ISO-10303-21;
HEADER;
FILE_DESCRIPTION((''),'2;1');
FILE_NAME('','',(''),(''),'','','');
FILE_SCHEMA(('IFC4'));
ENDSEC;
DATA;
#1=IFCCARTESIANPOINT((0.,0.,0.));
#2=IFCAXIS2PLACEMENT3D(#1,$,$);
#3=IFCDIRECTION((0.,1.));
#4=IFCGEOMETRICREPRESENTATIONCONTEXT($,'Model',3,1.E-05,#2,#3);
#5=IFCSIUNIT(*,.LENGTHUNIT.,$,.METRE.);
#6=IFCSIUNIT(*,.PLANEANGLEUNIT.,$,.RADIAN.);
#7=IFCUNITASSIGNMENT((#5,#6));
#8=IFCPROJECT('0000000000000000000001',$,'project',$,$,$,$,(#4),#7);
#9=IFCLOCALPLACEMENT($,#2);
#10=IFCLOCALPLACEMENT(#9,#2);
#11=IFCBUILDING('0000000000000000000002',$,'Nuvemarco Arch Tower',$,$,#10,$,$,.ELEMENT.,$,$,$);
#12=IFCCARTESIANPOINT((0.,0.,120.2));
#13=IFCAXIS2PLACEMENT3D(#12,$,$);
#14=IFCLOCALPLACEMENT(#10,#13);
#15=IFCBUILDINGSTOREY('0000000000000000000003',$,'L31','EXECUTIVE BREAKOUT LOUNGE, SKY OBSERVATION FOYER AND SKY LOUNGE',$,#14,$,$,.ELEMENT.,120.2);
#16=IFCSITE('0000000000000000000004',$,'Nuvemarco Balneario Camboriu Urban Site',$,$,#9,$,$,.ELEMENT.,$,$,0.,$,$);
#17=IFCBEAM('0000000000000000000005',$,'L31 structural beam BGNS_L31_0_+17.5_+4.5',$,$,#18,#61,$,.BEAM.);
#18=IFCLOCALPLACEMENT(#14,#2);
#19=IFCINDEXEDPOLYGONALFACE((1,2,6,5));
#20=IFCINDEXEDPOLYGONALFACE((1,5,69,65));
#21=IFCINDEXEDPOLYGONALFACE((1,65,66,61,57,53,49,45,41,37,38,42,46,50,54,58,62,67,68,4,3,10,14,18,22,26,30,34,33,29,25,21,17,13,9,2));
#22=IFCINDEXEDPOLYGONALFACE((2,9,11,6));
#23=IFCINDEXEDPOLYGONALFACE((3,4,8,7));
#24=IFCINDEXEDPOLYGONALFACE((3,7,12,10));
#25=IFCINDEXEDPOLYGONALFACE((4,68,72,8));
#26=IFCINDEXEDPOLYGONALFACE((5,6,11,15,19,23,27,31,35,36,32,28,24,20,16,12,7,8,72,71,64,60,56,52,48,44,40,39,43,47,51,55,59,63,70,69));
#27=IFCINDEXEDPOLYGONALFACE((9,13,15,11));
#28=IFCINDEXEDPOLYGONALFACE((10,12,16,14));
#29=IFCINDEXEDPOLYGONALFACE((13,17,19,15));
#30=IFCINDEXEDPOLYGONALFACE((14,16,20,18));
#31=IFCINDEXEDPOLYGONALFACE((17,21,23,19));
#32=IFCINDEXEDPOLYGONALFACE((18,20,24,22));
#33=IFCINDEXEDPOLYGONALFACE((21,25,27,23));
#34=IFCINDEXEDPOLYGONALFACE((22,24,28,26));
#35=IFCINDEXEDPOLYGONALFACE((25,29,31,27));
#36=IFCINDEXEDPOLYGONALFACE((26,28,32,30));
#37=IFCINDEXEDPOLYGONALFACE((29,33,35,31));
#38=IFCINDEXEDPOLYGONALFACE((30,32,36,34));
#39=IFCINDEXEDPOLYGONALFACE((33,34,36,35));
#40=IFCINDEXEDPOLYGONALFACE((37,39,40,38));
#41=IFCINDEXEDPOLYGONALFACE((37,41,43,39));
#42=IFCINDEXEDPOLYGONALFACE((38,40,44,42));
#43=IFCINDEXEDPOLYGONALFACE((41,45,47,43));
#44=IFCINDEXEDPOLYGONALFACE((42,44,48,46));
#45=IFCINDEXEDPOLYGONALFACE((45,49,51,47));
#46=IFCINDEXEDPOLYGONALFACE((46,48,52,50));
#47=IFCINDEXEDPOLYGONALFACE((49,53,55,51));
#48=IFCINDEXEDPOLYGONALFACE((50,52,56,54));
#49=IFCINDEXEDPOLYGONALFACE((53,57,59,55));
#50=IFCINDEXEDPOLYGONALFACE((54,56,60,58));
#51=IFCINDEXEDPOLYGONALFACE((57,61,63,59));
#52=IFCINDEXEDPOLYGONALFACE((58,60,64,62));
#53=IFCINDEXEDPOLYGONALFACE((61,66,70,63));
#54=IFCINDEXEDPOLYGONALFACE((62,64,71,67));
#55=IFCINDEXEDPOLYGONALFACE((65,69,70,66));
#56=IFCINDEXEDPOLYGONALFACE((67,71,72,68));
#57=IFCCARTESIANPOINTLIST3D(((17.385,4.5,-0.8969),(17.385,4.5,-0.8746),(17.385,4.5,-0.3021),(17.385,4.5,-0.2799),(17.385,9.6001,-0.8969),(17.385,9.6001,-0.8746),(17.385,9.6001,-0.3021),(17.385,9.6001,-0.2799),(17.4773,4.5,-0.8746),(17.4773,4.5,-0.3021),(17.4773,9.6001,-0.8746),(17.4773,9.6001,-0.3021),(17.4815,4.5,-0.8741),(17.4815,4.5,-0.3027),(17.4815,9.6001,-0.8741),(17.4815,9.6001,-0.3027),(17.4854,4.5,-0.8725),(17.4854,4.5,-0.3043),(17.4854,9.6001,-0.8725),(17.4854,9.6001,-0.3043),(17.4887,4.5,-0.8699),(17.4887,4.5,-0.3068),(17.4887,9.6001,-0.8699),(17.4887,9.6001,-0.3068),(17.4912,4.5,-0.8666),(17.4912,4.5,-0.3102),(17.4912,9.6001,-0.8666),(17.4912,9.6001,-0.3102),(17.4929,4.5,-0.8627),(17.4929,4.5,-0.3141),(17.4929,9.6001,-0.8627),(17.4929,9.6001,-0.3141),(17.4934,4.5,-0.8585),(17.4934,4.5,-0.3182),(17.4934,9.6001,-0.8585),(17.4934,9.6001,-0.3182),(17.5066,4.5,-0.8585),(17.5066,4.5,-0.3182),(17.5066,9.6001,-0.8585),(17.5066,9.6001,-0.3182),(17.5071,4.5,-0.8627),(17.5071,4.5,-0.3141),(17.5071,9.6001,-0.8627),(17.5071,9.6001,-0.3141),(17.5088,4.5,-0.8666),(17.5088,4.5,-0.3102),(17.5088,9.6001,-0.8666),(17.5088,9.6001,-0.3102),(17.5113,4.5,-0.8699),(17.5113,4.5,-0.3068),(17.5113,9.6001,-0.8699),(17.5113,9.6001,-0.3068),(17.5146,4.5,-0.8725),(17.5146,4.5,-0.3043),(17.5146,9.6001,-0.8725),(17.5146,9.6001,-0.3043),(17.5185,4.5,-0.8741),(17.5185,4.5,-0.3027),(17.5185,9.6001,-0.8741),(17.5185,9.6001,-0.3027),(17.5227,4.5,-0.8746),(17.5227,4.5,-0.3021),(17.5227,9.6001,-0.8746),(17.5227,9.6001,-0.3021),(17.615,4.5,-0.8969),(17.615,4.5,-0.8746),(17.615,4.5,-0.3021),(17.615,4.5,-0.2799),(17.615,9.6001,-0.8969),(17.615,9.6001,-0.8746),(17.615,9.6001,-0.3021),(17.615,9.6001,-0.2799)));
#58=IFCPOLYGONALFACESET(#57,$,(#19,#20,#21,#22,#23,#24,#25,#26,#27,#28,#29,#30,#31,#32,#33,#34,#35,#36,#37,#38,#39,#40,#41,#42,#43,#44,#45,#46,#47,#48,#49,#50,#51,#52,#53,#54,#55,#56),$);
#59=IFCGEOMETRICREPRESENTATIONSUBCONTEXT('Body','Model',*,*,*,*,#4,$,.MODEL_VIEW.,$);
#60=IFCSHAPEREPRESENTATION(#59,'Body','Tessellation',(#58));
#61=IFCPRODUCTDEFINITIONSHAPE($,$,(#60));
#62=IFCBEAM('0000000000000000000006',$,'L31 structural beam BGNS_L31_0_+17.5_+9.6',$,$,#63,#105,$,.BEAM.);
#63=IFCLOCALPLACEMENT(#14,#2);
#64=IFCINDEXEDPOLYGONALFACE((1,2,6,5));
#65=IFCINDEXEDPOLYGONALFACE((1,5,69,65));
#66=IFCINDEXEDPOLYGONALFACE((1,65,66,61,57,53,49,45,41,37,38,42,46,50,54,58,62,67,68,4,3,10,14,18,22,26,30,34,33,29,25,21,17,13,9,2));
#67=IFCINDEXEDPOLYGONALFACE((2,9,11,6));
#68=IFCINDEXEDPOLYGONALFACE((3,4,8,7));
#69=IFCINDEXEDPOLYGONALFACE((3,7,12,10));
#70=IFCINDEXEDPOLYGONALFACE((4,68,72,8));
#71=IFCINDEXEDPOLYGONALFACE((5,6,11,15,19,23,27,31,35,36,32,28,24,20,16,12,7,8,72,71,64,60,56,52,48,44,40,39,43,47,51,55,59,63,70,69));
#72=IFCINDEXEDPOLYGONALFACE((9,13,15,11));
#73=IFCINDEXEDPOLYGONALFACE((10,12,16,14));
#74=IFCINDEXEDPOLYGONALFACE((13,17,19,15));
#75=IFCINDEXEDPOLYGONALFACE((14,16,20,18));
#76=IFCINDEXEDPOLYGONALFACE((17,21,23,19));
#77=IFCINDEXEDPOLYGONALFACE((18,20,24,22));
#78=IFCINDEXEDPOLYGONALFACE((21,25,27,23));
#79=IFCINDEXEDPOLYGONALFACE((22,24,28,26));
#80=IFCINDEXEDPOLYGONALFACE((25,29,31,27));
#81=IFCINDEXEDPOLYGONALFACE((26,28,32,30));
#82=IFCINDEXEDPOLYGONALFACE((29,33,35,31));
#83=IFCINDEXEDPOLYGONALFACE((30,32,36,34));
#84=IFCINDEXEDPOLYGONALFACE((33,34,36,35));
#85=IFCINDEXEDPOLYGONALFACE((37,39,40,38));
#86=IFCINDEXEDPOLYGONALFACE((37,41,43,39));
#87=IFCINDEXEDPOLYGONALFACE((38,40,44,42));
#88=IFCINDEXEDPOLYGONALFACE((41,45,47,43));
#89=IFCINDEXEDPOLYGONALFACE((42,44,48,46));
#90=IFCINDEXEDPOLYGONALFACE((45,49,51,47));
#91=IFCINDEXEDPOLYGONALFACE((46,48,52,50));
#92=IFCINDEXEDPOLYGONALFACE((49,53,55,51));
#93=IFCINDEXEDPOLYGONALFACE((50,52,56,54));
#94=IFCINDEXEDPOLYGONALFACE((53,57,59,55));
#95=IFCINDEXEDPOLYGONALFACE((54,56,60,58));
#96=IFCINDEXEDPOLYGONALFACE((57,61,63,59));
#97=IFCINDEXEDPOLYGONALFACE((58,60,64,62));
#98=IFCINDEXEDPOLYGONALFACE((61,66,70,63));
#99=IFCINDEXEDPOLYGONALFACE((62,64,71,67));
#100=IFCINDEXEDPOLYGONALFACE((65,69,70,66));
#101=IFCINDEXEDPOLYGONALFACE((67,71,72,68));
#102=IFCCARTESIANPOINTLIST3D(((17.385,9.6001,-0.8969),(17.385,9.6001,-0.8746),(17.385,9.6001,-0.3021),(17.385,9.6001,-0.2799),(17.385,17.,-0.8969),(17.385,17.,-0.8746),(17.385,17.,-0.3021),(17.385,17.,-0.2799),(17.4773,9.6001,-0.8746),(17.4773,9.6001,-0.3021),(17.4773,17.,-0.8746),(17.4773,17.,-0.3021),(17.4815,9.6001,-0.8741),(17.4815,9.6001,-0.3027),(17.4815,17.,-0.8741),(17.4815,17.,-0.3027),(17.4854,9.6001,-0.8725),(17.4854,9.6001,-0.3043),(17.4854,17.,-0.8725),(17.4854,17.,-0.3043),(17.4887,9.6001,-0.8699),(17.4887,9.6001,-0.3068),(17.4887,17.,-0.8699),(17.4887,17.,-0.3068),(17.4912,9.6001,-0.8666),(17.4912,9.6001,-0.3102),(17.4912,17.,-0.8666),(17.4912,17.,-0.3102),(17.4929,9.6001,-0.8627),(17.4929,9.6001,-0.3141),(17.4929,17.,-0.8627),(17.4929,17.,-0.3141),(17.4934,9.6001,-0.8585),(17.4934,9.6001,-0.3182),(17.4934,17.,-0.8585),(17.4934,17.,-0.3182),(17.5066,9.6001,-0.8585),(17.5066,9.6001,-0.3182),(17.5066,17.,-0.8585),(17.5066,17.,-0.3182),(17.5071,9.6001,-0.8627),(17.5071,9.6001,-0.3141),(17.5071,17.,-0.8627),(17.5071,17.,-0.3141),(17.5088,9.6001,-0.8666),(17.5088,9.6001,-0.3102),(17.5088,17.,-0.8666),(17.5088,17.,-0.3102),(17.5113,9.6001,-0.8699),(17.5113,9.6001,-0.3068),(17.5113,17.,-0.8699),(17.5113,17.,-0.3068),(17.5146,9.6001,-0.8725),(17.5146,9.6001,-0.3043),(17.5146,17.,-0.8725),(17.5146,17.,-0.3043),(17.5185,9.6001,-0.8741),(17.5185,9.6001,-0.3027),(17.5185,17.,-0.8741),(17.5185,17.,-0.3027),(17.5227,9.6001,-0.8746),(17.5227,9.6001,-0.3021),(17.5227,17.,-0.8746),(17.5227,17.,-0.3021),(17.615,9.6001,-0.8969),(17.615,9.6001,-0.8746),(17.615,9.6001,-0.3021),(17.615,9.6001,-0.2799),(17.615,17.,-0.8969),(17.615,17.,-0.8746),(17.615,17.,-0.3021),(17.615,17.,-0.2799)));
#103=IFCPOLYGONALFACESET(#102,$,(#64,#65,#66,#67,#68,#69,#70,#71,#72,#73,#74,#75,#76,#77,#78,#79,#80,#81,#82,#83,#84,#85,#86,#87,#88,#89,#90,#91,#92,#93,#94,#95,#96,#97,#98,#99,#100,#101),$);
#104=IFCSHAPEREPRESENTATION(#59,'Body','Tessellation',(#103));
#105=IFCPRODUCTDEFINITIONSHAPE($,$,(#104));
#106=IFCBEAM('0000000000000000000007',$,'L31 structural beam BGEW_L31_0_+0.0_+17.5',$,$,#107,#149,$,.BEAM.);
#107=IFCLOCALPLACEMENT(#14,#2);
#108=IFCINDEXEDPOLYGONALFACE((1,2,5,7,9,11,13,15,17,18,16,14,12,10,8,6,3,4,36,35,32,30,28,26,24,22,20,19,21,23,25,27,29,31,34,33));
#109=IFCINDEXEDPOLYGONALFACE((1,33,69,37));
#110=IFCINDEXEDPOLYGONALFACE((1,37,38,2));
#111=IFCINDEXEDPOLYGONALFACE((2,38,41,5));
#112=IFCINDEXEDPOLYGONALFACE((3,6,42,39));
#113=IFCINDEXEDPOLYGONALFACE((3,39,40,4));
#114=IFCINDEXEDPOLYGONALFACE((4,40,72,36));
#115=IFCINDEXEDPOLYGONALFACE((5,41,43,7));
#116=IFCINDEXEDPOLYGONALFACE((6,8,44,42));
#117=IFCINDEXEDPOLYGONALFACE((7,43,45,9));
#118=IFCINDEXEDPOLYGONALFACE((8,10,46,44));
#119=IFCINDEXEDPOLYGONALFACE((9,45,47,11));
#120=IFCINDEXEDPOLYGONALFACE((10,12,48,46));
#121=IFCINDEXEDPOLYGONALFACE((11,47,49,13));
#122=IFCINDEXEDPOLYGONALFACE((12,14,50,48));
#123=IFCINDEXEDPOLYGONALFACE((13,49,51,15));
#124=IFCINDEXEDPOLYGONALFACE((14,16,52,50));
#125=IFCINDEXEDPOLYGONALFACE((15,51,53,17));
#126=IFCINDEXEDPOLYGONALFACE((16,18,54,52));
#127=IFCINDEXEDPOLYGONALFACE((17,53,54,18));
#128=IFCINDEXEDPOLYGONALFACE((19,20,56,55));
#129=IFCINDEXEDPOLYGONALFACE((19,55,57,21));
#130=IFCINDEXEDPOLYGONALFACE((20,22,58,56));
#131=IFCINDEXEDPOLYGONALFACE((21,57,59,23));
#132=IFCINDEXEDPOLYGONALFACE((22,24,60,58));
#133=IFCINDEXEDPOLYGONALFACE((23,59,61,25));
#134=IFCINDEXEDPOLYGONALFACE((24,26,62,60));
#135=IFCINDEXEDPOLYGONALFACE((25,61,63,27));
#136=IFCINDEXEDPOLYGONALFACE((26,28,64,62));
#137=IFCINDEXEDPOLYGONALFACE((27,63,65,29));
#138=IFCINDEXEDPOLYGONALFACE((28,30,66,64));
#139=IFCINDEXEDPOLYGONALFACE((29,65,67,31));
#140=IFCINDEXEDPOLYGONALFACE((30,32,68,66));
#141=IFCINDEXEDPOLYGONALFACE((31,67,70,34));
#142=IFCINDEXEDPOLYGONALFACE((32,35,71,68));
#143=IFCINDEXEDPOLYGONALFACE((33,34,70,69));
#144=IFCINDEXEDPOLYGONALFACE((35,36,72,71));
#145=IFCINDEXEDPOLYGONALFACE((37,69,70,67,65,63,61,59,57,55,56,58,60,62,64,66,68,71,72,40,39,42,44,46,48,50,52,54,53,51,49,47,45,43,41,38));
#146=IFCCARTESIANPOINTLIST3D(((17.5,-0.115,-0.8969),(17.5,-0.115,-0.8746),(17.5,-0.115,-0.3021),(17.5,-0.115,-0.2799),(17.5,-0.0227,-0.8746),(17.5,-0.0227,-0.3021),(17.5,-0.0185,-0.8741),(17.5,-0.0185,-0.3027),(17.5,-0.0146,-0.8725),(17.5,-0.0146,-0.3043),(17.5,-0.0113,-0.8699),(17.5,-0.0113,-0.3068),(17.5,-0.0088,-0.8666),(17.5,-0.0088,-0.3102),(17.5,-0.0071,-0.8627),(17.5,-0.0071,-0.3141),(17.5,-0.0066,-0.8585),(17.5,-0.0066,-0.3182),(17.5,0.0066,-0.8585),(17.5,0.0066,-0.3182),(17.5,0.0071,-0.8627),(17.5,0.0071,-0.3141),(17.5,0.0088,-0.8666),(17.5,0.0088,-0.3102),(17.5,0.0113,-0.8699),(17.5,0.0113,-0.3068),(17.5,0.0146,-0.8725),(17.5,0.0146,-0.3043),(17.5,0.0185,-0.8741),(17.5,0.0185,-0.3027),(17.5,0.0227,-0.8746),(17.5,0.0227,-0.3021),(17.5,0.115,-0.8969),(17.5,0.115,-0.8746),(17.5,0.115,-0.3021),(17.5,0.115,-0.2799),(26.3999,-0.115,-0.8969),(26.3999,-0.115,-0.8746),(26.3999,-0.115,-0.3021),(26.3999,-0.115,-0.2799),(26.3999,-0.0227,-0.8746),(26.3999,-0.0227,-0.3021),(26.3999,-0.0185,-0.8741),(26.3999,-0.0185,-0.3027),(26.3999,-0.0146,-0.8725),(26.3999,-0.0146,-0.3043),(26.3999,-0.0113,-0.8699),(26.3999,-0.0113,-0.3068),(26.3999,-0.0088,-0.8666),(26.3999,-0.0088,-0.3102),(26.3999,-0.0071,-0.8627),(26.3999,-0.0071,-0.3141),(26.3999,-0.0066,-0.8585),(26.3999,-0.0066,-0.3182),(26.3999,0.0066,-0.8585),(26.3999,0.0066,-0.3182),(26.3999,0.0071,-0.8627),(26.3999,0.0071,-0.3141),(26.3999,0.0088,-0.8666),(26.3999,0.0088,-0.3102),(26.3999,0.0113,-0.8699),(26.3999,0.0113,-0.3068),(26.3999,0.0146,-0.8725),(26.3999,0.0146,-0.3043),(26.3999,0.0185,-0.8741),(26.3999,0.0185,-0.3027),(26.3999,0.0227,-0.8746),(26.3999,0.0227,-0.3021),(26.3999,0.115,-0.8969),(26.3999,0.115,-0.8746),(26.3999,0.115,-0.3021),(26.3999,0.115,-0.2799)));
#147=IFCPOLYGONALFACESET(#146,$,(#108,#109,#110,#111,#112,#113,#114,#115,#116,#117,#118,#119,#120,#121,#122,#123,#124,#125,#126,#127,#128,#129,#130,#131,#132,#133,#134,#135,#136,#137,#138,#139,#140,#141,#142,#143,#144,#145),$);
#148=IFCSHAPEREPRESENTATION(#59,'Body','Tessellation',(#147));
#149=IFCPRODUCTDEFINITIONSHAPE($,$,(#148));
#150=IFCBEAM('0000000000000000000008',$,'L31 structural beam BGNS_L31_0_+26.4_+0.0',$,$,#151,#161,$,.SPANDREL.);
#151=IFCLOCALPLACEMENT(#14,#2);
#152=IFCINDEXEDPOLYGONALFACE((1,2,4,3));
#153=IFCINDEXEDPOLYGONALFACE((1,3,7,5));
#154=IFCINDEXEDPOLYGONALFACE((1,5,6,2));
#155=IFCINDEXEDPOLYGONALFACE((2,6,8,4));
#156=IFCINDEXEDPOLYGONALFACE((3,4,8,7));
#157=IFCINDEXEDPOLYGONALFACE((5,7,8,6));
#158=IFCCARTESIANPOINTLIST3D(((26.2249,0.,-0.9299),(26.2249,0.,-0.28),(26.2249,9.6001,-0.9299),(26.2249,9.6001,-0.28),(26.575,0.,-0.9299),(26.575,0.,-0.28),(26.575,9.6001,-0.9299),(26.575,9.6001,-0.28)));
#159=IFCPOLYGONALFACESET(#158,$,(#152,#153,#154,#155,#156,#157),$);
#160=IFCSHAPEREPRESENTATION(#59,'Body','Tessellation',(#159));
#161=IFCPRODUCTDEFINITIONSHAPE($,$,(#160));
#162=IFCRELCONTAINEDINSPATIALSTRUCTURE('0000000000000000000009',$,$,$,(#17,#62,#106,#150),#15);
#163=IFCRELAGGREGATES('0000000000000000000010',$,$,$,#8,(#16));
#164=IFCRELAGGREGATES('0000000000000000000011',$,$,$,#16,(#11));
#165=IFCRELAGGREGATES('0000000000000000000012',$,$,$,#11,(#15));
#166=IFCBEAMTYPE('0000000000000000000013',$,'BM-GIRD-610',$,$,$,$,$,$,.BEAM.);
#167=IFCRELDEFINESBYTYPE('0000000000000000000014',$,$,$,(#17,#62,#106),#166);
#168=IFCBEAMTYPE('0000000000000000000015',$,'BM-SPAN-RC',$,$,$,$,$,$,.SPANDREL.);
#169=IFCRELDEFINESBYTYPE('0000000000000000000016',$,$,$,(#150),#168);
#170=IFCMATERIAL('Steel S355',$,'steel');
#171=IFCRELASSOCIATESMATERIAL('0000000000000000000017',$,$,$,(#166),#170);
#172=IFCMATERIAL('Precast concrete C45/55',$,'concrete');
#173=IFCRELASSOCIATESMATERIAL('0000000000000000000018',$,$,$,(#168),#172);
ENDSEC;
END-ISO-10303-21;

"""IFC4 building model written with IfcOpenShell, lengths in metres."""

from ifc_helpers import new_model, si_unit, direction, frame, origin, origin_2d, place, context, subcontext, project, spatial, rectangle, i_section, extrude, material, material_profile, profile_set, type_object, element, save


model = new_model("IFC4")

# Units and contexts
model_context = context("Model", 3, precision=1e-05, world=origin(), true_north=direction((0.0, 1.0)))
body_context = subcontext(model_context, "Body", "Model", "MODEL_VIEW")
ifc_project = project(units=[si_unit("LENGTHUNIT", "METRE"), si_unit("PLANEANGLEUNIT", "RADIAN")], contexts=[model_context])

# Site, building, storey
site_placement = place(None, origin())
site = spatial("IfcSite", under=ifc_project, at=site_placement, Name="Nuvemarco Balneario Camboriu Urban Site", CompositionType="ELEMENT", RefElevation=0.0)
building_placement = place(site_placement, origin())
building = spatial("IfcBuilding", under=site, at=building_placement, Name="Nuvemarco Arch Tower", CompositionType="ELEMENT")
storey_placement = place(building_placement, frame((0.0, 0.0, 120.2)))
storey = spatial("IfcBuildingStorey", under=building, at=storey_placement, Name="L31", Description="EXECUTIVE BREAKOUT LOUNGE, SKY OBSERVATION FOYER AND SKY LOUNGE", CompositionType="ELEMENT", Elevation=120.2)

# Shared definitions
ifc_material_1 = material(Name="Steel S355", Category="steel")

# Beams
ifc_material_profile_1 = material_profile(ifc_material_1, i_section(OverallWidth=0.23, OverallDepth=0.6169, WebThickness=0.0132, FlangeThickness=0.0222, FilletRadius=0.0161, at=origin_2d()), Name="W610x140")
ifc_profile_set_1 = profile_set([ifc_material_profile_1], Name="Steel S355")
beam_type_1 = type_object("IfcBeamType", Name="BM-GIRD-610", PredefinedType="BEAM", material=ifc_profile_set_1)
beam_1_placement = place(storey_placement, frame((17.5, 4.5, -0.5884), z_axis=(0.0, 1.0, 0.0), x_axis=(-1.0, 0.0, 0.0)))
element("IfcBeam", 1, at=beam_1_placement, inside=storey, type_object=beam_type_1, Name="L31 structural beam BGNS_L31_0_+17.5_+4.5", PredefinedType="BEAM", context=body_context, shape_type="SweptSolid", body=[
    extrude(i_section(OverallWidth=0.23, OverallDepth=0.6169, WebThickness=0.0132, FlangeThickness=0.0222, FilletRadius=0.0161, at=origin_2d()), origin(), (0.0, 0.0, 1.0), 5.1001),
])
beam_2_placement = place(storey_placement, frame((17.5, 9.6001, -0.5884), z_axis=(0.0, 1.0, 0.0), x_axis=(-1.0, 0.0, 0.0)))
element("IfcBeam", 2, at=beam_2_placement, inside=storey, type_object=beam_type_1, Name="L31 structural beam BGNS_L31_0_+17.5_+9.6", PredefinedType="BEAM", context=body_context, shape_type="SweptSolid", body=[
    extrude(i_section(OverallWidth=0.23, OverallDepth=0.6169, WebThickness=0.0132, FlangeThickness=0.0222, FilletRadius=0.0161, at=origin_2d()), origin(), (0.0, 0.0, 1.0), 7.3999),
])
beam_3_placement = place(storey_placement, frame((17.5, 0.0, -0.5884), z_axis=(1.0, 0.0, 0.0), x_axis=(0.0, 1.0, 0.0)))
element("IfcBeam", 3, at=beam_3_placement, inside=storey, type_object=beam_type_1, Name="L31 structural beam BGEW_L31_0_+0.0_+17.5", PredefinedType="BEAM", context=body_context, shape_type="SweptSolid", body=[
    extrude(i_section(OverallWidth=0.23, OverallDepth=0.6169, WebThickness=0.0132, FlangeThickness=0.0222, FilletRadius=0.0161, at=origin_2d()), origin(), (0.0, 0.0, 1.0), 8.8999),
])
ifc_material_2 = material(Name="Precast concrete C45/55", Category="concrete")
ifc_material_profile_2 = material_profile(ifc_material_2, rectangle(XDim=0.3501, YDim=0.6499, at=origin_2d()), Name="PC-SP-350x650")
ifc_profile_set_2 = profile_set([ifc_material_profile_2], Name="Precast concrete C45/55")
beam_type_2 = type_object("IfcBeamType", Name="BM-SPAN-RC", PredefinedType="SPANDREL", material=ifc_profile_set_2)
beam_4_placement = place(storey_placement, frame((26.3999, 0.0, -0.605), z_axis=(0.0, 1.0, 0.0), x_axis=(-1.0, 0.0, 0.0)))
element("IfcBeam", 4, at=beam_4_placement, inside=storey, type_object=beam_type_2, Name="L31 structural beam BGNS_L31_0_+26.4_+0.0", PredefinedType="SPANDREL", context=body_context, shape_type="SweptSolid", body=[
    extrude(rectangle(XDim=0.3501, YDim=0.6499, at=origin_2d()), origin(), (0.0, 0.0, 1.0), 9.6001),
])

save(model, "model.ifc")
